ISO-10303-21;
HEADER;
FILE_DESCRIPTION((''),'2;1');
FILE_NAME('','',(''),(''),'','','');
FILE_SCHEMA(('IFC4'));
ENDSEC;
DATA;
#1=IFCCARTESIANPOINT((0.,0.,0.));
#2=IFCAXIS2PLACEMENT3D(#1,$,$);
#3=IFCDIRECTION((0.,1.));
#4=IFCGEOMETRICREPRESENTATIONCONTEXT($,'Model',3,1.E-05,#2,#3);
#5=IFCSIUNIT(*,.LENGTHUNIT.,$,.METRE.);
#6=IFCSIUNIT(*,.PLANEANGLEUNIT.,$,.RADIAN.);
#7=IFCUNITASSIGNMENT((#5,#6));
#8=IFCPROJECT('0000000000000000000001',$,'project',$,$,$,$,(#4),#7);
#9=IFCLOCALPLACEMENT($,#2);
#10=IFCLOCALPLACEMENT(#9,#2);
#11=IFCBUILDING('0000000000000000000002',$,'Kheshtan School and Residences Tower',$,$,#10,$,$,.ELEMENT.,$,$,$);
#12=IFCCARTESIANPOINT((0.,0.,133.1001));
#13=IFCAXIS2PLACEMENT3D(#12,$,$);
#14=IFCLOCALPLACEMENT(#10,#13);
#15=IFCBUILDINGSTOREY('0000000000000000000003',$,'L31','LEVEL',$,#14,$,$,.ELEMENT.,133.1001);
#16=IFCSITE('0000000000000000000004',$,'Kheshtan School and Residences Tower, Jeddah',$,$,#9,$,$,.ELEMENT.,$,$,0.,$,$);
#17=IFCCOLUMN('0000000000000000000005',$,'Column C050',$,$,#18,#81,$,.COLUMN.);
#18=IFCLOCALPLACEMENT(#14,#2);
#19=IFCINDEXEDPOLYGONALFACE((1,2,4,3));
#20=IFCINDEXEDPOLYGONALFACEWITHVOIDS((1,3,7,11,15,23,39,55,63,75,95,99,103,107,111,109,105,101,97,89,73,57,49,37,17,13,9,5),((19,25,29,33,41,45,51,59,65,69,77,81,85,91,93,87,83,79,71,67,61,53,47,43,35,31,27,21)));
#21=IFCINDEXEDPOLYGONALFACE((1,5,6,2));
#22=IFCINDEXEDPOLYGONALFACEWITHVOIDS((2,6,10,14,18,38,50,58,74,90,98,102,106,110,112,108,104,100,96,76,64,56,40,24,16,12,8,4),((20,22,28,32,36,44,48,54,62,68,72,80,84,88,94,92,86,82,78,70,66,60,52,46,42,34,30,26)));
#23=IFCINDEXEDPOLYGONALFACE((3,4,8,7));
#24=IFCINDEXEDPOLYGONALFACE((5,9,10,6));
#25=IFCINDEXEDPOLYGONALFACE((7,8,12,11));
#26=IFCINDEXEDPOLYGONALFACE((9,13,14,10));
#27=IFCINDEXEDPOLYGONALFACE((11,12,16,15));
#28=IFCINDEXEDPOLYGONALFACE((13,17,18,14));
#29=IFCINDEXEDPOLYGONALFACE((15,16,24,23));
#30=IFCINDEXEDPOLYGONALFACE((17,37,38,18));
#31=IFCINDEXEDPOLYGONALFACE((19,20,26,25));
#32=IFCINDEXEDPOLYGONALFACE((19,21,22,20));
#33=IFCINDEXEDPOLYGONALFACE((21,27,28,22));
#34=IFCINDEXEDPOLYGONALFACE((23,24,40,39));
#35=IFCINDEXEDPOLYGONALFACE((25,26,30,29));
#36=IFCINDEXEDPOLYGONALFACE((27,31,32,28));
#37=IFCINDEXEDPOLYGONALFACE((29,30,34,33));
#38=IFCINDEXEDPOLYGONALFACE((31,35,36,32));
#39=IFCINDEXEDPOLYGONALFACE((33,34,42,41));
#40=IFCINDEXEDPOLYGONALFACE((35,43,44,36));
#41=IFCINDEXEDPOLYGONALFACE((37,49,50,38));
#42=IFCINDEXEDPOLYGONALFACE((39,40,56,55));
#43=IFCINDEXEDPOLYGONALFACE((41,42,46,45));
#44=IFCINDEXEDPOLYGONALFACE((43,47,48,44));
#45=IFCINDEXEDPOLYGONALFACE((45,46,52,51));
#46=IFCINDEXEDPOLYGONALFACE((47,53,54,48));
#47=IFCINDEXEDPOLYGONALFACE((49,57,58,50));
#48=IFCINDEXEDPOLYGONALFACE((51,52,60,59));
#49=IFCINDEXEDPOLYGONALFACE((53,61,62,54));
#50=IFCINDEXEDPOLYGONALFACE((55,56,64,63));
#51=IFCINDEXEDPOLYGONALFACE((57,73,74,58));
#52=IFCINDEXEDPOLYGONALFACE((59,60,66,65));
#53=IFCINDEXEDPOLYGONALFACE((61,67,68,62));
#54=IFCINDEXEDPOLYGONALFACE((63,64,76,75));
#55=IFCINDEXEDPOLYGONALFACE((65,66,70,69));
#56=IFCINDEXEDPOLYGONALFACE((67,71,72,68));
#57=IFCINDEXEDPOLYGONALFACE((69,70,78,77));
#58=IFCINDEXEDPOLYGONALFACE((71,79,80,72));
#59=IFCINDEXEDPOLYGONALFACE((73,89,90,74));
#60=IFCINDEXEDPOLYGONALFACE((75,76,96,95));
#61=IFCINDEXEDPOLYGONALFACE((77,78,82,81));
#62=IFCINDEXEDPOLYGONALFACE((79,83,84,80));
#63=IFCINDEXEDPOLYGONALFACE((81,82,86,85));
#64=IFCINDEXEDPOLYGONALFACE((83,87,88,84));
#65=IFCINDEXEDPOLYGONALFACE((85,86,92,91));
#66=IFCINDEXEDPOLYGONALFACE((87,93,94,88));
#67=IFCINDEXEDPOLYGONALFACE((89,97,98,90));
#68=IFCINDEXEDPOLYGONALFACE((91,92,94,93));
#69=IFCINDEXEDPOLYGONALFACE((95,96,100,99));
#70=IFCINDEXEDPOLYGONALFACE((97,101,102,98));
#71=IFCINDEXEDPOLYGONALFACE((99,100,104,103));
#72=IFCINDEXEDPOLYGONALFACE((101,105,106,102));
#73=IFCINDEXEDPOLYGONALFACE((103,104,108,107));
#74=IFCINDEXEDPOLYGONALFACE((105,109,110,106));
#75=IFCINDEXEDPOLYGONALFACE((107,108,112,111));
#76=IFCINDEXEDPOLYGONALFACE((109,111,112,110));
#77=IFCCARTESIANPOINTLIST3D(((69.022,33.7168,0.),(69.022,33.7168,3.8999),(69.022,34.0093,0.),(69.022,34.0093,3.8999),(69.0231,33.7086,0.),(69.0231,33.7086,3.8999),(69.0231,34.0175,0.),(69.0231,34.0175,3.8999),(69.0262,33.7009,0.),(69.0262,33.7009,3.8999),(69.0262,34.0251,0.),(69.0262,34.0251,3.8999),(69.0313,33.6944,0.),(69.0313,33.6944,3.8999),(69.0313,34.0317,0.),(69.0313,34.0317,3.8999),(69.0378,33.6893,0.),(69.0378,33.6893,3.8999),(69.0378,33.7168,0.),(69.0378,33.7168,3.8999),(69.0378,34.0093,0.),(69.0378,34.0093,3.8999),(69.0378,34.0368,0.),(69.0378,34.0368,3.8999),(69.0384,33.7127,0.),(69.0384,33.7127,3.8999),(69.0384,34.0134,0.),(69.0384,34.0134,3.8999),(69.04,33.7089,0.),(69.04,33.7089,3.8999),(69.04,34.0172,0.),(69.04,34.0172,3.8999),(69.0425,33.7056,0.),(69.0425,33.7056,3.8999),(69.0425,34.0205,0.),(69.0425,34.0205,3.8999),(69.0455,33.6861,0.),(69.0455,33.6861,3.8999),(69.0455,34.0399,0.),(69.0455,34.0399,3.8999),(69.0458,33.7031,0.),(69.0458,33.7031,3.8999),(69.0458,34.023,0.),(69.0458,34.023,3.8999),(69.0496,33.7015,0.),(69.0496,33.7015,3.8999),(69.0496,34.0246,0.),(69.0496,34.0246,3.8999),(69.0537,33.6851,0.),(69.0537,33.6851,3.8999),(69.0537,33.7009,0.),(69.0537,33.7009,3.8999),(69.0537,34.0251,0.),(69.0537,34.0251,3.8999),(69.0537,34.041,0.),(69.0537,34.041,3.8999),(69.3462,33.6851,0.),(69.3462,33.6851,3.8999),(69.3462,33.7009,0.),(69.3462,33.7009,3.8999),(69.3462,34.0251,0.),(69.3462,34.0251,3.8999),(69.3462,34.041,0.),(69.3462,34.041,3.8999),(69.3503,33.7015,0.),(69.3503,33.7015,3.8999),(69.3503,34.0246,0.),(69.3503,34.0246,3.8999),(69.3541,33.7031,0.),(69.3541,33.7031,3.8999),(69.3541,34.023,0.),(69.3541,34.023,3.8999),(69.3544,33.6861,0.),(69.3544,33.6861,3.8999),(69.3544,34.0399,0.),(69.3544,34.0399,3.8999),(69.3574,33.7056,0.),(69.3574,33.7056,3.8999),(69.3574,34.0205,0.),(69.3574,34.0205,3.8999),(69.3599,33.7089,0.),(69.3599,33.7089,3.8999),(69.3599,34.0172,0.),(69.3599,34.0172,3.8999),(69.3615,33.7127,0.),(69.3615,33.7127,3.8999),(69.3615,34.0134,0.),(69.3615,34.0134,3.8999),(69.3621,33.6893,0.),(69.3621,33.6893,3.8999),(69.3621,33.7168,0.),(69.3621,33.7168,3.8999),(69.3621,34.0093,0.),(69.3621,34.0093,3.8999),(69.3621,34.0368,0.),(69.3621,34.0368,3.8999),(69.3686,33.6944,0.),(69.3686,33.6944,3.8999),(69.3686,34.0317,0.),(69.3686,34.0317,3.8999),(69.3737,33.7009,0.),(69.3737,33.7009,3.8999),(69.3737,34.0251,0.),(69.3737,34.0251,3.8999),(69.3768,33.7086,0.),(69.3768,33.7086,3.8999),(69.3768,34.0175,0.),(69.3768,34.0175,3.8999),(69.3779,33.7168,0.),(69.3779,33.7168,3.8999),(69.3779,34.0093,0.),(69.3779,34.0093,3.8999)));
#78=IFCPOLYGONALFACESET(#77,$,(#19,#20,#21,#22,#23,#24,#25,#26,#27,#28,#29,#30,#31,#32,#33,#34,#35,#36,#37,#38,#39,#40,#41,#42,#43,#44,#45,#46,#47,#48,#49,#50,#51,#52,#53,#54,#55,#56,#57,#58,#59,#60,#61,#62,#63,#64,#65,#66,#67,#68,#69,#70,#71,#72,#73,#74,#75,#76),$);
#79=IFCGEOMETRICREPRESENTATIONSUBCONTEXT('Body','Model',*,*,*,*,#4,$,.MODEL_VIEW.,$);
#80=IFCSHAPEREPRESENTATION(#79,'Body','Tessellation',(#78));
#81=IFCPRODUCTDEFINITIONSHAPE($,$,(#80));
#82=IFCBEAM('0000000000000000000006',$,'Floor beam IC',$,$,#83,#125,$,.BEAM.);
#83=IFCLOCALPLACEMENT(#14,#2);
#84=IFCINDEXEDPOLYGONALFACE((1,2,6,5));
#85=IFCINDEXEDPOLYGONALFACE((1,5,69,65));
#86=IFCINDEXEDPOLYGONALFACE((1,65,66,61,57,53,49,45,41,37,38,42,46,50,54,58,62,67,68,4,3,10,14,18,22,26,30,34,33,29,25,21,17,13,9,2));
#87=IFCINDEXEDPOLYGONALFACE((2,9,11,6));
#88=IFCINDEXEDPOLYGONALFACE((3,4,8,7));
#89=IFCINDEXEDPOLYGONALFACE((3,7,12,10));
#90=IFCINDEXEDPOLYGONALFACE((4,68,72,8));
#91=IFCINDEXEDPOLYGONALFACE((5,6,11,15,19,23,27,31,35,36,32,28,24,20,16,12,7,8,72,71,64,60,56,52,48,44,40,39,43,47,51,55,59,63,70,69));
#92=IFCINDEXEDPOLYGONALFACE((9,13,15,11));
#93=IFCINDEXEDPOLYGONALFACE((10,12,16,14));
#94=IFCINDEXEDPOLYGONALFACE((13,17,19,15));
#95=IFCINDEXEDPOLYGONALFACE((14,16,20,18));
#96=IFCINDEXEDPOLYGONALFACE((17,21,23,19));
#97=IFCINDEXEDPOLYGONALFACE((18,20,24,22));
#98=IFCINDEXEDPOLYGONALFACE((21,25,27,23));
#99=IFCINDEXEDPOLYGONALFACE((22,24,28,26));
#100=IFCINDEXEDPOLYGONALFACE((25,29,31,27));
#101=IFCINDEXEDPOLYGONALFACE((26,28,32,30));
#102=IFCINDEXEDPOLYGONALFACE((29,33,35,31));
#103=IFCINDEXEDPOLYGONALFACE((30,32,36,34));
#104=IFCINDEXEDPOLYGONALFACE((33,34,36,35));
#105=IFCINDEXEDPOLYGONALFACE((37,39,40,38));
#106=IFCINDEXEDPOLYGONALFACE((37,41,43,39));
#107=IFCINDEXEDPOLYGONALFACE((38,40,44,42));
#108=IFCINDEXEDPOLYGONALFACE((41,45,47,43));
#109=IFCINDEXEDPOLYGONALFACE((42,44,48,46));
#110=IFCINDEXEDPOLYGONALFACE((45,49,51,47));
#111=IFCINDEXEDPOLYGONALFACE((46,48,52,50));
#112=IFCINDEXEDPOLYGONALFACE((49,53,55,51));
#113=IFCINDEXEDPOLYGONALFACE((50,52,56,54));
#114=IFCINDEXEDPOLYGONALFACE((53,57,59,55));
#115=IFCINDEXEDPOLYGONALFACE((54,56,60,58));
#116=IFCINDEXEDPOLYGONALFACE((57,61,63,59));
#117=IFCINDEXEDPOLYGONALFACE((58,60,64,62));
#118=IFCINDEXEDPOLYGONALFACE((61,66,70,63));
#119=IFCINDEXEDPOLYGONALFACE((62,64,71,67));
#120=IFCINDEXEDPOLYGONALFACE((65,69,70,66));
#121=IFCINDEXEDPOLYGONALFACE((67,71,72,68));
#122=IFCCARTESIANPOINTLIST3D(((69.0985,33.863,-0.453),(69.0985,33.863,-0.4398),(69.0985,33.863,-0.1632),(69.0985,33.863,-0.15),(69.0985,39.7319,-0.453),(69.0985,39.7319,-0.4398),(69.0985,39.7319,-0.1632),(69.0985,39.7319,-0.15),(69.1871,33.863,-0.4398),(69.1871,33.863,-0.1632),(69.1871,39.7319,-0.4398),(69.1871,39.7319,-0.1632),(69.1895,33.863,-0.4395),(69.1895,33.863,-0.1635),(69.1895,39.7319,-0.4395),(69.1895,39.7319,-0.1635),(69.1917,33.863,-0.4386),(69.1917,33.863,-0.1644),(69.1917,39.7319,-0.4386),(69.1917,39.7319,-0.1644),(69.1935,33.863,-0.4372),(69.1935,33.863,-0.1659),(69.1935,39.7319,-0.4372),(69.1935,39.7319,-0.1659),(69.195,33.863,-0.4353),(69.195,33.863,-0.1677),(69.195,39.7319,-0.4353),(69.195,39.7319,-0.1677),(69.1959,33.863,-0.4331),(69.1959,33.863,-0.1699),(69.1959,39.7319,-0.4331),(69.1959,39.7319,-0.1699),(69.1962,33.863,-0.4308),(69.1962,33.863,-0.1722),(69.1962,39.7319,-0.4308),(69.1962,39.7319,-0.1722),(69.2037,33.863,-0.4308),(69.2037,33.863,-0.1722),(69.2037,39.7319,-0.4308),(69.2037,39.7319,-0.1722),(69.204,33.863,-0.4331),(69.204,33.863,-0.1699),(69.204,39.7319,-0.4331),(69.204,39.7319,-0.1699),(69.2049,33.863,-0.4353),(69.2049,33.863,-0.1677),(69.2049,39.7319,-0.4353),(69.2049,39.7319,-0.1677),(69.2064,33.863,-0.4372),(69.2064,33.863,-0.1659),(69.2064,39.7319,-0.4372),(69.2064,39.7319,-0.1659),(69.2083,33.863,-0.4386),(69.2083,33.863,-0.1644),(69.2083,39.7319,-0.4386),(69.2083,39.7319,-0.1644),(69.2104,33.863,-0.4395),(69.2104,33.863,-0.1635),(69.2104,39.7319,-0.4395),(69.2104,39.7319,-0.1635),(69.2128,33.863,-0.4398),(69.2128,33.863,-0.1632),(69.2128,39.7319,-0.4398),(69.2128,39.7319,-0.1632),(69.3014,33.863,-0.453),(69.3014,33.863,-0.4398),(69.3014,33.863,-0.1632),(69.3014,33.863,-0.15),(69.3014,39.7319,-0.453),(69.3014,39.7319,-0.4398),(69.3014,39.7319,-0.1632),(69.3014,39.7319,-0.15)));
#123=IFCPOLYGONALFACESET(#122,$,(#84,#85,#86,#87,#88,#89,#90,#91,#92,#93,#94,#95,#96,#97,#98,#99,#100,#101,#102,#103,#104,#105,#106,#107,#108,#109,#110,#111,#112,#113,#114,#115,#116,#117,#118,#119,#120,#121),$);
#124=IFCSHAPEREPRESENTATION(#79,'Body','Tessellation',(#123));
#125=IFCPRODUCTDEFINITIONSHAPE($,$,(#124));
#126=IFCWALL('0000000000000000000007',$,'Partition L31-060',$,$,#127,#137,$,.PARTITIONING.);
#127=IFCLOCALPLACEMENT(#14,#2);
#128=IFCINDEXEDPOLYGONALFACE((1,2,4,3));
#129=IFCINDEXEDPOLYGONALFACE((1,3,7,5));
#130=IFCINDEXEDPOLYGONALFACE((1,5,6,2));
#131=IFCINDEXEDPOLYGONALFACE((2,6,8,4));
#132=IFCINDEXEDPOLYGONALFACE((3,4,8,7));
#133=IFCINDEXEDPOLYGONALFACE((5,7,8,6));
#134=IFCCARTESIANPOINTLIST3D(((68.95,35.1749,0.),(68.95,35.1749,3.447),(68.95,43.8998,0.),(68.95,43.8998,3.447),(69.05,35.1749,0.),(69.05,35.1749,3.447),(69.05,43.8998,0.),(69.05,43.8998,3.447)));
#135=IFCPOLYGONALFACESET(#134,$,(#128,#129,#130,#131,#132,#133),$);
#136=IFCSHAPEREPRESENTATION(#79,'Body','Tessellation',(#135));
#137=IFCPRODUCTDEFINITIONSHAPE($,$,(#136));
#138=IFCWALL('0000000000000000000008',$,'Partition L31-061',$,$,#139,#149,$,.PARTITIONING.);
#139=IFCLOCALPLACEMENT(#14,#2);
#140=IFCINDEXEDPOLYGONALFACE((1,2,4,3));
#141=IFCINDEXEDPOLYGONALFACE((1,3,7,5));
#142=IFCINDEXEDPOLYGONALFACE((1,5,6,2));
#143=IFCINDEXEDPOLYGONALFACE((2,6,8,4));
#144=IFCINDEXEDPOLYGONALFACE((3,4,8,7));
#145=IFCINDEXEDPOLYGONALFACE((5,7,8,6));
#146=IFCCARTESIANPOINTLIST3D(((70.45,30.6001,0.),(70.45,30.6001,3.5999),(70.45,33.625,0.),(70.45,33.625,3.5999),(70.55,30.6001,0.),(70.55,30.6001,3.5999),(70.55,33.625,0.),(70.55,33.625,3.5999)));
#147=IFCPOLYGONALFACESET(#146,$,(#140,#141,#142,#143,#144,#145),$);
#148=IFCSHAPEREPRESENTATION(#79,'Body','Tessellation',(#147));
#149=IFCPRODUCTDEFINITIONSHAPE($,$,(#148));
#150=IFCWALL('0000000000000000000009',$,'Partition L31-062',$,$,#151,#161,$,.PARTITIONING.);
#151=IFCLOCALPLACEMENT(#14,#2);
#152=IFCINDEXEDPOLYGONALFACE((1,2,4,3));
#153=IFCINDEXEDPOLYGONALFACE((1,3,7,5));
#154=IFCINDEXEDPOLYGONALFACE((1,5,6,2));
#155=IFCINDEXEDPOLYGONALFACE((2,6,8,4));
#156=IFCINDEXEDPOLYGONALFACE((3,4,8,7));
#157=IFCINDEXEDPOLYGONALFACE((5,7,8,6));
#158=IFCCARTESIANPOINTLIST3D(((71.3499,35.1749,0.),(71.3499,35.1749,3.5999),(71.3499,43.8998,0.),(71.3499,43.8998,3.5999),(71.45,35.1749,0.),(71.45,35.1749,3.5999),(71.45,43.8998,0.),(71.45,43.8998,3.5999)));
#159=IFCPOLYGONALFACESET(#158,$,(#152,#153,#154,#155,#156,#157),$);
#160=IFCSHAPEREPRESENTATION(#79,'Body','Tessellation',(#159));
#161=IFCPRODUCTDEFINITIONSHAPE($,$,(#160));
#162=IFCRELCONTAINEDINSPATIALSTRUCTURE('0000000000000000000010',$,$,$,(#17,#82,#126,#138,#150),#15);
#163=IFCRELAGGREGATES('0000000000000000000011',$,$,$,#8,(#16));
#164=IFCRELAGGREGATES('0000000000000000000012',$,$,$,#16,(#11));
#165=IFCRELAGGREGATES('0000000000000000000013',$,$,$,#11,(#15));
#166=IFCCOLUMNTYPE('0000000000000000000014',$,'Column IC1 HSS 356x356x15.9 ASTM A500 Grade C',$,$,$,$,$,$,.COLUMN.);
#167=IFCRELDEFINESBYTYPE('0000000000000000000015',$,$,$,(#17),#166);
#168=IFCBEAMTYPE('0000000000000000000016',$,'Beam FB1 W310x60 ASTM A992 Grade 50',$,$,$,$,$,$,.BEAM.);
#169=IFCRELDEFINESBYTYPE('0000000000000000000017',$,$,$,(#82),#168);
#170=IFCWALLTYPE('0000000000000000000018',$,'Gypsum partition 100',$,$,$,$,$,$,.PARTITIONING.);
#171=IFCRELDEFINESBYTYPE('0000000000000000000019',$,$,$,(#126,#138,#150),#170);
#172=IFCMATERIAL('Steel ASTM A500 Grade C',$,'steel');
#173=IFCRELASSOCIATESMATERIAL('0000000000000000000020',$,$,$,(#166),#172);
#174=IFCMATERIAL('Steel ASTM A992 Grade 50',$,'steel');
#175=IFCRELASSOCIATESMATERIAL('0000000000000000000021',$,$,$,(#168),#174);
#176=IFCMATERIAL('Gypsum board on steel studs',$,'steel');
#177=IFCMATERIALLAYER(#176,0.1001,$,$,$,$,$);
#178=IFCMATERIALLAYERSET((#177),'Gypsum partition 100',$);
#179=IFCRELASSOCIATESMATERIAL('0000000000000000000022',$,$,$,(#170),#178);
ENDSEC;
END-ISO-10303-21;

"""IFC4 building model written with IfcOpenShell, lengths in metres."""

from ifc_helpers import new_model, si_unit, direction, frame, frame_2d, origin, origin_2d, place, context, subcontext, project, spatial, rectangle, hollow_rectangle, i_section, extrude, material, layer, layer_set, material_profile, profile_set, type_object, element, save


model = new_model("IFC4")

# Units and contexts
model_context = context("Model", 3, precision=1e-05, world=origin(), true_north=direction((0.0, 1.0)))
body_context = subcontext(model_context, "Body", "Model", "MODEL_VIEW")
ifc_project = project(units=[si_unit("LENGTHUNIT", "METRE"), si_unit("PLANEANGLEUNIT", "RADIAN")], contexts=[model_context])

# Site, building, storey
site_placement = place(None, origin())
site = spatial("IfcSite", under=ifc_project, at=site_placement, Name="Kheshtan School and Residences Tower, Jeddah", CompositionType="ELEMENT", RefElevation=0.0)
building_placement = place(site_placement, origin())
building = spatial("IfcBuilding", under=site, at=building_placement, Name="Kheshtan School and Residences Tower", CompositionType="ELEMENT")
storey_placement = place(building_placement, frame((0.0, 0.0, 133.1001)))
storey = spatial("IfcBuildingStorey", under=building, at=storey_placement, Name="L31", Description="LEVEL", CompositionType="ELEMENT", Elevation=133.1001)

# Column
ifc_material_1 = material(Name="Steel ASTM A500 Grade C", Category="steel")
ifc_material_profile_1 = material_profile(ifc_material_1, hollow_rectangle(XDim=0.356, YDim=0.356, WallThickness=0.0159, InnerFilletRadius=0.0159, OuterFilletRadius=0.0317, at=origin_2d()), Name="HSS 356x356x15.9")
ifc_profile_set_1 = profile_set([ifc_material_profile_1], Name="Steel ASTM A500 Grade C")
column_type = type_object("IfcColumnType", Name="Column IC1 HSS 356x356x15.9 ASTM A500 Grade C", PredefinedType="COLUMN", material=ifc_profile_set_1)
column_placement = place(storey_placement, frame((69.2, 33.863, 0.0), z_axis=(0.0, 0.0, 1.0), x_axis=(1.0, 0.0, 0.0)))
element("IfcColumn", 1, at=column_placement, inside=storey, type_object=column_type, Name="Column C050", PredefinedType="COLUMN", context=body_context, shape_type="SweptSolid", body=[
    extrude(hollow_rectangle(XDim=0.356, YDim=0.356, WallThickness=0.0159, InnerFilletRadius=0.0159, OuterFilletRadius=0.0317, at=origin_2d()), origin(), (0.0, 0.0, 1.0), 3.8999),
])

# Beam
ifc_material_2 = material(Name="Steel ASTM A992 Grade 50", Category="steel")
ifc_material_profile_2 = material_profile(ifc_material_2, i_section(OverallWidth=0.2029, OverallDepth=0.303, WebThickness=0.0076, FlangeThickness=0.0132, FilletRadius=0.009, at=origin_2d()), Name="W310x60")
ifc_profile_set_2 = profile_set([ifc_material_profile_2], Name="Steel ASTM A992 Grade 50")
beam_type = type_object("IfcBeamType", Name="Beam FB1 W310x60 ASTM A992 Grade 50", PredefinedType="BEAM", material=ifc_profile_set_2)
beam_placement = place(storey_placement, frame((69.2, 33.863, -0.3015), z_axis=(0.0, 1.0, 0.0), x_axis=(-1.0, 0.0, 0.0)))
element("IfcBeam", 2, at=beam_placement, inside=storey, type_object=beam_type, Name="Floor beam IC", PredefinedType="BEAM", context=body_context, shape_type="SweptSolid", body=[
    extrude(i_section(OverallWidth=0.2029, OverallDepth=0.303, WebThickness=0.0076, FlangeThickness=0.0132, FilletRadius=0.009, at=origin_2d()), origin(), (0.0, 0.0, 1.0), 5.8689),
])

# Walls
ifc_material_3 = material(Name="Gypsum board on steel studs", Category="steel")
ifc_layer_1 = layer(ifc_material_3, 0.1001)
ifc_layer_set_1 = layer_set([ifc_layer_1], Name="Gypsum partition 100")
wall_type_1 = type_object("IfcWallType", Name="Gypsum partition 100", PredefinedType="PARTITIONING", material=ifc_layer_set_1)
wall_1_placement = place(storey_placement, frame((69.0, 35.175, 0.0), z_axis=(0.0, 0.0, 1.0), x_axis=(0.0, 1.0, 0.0)))
element("IfcWall", 3, at=wall_1_placement, inside=storey, type_object=wall_type_1, Name="Partition L31-060", PredefinedType="PARTITIONING", context=body_context, shape_type="SweptSolid", body=[
    extrude(rectangle(XDim=8.7249, YDim=0.1001, at=frame_2d((4.3623, 0.0))), origin(), (0.0, 0.0, 1.0), 3.447),
])
wall_2_placement = place(storey_placement, frame((70.5, 30.6001, 0.0), z_axis=(0.0, 0.0, 1.0), x_axis=(0.0, 1.0, 0.0)))
element("IfcWall", 4, at=wall_2_placement, inside=storey, type_object=wall_type_1, Name="Partition L31-061", PredefinedType="PARTITIONING", context=body_context, shape_type="SweptSolid", body=[
    extrude(rectangle(XDim=3.0249, YDim=0.1001, at=frame_2d((1.5125, 0.0))), origin(), (0.0, 0.0, 1.0), 3.5999),
])
wall_3_placement = place(storey_placement, frame((71.3999, 35.175, 0.0), z_axis=(0.0, 0.0, 1.0), x_axis=(0.0, 1.0, 0.0)))
element("IfcWall", 5, at=wall_3_placement, inside=storey, type_object=wall_type_1, Name="Partition L31-062", PredefinedType="PARTITIONING", context=body_context, shape_type="SweptSolid", body=[
    extrude(rectangle(XDim=8.7249, YDim=0.1001, at=frame_2d((4.3623, 0.0))), origin(), (0.0, 0.0, 1.0), 3.5999),
])

save(model, "model.ifc")
